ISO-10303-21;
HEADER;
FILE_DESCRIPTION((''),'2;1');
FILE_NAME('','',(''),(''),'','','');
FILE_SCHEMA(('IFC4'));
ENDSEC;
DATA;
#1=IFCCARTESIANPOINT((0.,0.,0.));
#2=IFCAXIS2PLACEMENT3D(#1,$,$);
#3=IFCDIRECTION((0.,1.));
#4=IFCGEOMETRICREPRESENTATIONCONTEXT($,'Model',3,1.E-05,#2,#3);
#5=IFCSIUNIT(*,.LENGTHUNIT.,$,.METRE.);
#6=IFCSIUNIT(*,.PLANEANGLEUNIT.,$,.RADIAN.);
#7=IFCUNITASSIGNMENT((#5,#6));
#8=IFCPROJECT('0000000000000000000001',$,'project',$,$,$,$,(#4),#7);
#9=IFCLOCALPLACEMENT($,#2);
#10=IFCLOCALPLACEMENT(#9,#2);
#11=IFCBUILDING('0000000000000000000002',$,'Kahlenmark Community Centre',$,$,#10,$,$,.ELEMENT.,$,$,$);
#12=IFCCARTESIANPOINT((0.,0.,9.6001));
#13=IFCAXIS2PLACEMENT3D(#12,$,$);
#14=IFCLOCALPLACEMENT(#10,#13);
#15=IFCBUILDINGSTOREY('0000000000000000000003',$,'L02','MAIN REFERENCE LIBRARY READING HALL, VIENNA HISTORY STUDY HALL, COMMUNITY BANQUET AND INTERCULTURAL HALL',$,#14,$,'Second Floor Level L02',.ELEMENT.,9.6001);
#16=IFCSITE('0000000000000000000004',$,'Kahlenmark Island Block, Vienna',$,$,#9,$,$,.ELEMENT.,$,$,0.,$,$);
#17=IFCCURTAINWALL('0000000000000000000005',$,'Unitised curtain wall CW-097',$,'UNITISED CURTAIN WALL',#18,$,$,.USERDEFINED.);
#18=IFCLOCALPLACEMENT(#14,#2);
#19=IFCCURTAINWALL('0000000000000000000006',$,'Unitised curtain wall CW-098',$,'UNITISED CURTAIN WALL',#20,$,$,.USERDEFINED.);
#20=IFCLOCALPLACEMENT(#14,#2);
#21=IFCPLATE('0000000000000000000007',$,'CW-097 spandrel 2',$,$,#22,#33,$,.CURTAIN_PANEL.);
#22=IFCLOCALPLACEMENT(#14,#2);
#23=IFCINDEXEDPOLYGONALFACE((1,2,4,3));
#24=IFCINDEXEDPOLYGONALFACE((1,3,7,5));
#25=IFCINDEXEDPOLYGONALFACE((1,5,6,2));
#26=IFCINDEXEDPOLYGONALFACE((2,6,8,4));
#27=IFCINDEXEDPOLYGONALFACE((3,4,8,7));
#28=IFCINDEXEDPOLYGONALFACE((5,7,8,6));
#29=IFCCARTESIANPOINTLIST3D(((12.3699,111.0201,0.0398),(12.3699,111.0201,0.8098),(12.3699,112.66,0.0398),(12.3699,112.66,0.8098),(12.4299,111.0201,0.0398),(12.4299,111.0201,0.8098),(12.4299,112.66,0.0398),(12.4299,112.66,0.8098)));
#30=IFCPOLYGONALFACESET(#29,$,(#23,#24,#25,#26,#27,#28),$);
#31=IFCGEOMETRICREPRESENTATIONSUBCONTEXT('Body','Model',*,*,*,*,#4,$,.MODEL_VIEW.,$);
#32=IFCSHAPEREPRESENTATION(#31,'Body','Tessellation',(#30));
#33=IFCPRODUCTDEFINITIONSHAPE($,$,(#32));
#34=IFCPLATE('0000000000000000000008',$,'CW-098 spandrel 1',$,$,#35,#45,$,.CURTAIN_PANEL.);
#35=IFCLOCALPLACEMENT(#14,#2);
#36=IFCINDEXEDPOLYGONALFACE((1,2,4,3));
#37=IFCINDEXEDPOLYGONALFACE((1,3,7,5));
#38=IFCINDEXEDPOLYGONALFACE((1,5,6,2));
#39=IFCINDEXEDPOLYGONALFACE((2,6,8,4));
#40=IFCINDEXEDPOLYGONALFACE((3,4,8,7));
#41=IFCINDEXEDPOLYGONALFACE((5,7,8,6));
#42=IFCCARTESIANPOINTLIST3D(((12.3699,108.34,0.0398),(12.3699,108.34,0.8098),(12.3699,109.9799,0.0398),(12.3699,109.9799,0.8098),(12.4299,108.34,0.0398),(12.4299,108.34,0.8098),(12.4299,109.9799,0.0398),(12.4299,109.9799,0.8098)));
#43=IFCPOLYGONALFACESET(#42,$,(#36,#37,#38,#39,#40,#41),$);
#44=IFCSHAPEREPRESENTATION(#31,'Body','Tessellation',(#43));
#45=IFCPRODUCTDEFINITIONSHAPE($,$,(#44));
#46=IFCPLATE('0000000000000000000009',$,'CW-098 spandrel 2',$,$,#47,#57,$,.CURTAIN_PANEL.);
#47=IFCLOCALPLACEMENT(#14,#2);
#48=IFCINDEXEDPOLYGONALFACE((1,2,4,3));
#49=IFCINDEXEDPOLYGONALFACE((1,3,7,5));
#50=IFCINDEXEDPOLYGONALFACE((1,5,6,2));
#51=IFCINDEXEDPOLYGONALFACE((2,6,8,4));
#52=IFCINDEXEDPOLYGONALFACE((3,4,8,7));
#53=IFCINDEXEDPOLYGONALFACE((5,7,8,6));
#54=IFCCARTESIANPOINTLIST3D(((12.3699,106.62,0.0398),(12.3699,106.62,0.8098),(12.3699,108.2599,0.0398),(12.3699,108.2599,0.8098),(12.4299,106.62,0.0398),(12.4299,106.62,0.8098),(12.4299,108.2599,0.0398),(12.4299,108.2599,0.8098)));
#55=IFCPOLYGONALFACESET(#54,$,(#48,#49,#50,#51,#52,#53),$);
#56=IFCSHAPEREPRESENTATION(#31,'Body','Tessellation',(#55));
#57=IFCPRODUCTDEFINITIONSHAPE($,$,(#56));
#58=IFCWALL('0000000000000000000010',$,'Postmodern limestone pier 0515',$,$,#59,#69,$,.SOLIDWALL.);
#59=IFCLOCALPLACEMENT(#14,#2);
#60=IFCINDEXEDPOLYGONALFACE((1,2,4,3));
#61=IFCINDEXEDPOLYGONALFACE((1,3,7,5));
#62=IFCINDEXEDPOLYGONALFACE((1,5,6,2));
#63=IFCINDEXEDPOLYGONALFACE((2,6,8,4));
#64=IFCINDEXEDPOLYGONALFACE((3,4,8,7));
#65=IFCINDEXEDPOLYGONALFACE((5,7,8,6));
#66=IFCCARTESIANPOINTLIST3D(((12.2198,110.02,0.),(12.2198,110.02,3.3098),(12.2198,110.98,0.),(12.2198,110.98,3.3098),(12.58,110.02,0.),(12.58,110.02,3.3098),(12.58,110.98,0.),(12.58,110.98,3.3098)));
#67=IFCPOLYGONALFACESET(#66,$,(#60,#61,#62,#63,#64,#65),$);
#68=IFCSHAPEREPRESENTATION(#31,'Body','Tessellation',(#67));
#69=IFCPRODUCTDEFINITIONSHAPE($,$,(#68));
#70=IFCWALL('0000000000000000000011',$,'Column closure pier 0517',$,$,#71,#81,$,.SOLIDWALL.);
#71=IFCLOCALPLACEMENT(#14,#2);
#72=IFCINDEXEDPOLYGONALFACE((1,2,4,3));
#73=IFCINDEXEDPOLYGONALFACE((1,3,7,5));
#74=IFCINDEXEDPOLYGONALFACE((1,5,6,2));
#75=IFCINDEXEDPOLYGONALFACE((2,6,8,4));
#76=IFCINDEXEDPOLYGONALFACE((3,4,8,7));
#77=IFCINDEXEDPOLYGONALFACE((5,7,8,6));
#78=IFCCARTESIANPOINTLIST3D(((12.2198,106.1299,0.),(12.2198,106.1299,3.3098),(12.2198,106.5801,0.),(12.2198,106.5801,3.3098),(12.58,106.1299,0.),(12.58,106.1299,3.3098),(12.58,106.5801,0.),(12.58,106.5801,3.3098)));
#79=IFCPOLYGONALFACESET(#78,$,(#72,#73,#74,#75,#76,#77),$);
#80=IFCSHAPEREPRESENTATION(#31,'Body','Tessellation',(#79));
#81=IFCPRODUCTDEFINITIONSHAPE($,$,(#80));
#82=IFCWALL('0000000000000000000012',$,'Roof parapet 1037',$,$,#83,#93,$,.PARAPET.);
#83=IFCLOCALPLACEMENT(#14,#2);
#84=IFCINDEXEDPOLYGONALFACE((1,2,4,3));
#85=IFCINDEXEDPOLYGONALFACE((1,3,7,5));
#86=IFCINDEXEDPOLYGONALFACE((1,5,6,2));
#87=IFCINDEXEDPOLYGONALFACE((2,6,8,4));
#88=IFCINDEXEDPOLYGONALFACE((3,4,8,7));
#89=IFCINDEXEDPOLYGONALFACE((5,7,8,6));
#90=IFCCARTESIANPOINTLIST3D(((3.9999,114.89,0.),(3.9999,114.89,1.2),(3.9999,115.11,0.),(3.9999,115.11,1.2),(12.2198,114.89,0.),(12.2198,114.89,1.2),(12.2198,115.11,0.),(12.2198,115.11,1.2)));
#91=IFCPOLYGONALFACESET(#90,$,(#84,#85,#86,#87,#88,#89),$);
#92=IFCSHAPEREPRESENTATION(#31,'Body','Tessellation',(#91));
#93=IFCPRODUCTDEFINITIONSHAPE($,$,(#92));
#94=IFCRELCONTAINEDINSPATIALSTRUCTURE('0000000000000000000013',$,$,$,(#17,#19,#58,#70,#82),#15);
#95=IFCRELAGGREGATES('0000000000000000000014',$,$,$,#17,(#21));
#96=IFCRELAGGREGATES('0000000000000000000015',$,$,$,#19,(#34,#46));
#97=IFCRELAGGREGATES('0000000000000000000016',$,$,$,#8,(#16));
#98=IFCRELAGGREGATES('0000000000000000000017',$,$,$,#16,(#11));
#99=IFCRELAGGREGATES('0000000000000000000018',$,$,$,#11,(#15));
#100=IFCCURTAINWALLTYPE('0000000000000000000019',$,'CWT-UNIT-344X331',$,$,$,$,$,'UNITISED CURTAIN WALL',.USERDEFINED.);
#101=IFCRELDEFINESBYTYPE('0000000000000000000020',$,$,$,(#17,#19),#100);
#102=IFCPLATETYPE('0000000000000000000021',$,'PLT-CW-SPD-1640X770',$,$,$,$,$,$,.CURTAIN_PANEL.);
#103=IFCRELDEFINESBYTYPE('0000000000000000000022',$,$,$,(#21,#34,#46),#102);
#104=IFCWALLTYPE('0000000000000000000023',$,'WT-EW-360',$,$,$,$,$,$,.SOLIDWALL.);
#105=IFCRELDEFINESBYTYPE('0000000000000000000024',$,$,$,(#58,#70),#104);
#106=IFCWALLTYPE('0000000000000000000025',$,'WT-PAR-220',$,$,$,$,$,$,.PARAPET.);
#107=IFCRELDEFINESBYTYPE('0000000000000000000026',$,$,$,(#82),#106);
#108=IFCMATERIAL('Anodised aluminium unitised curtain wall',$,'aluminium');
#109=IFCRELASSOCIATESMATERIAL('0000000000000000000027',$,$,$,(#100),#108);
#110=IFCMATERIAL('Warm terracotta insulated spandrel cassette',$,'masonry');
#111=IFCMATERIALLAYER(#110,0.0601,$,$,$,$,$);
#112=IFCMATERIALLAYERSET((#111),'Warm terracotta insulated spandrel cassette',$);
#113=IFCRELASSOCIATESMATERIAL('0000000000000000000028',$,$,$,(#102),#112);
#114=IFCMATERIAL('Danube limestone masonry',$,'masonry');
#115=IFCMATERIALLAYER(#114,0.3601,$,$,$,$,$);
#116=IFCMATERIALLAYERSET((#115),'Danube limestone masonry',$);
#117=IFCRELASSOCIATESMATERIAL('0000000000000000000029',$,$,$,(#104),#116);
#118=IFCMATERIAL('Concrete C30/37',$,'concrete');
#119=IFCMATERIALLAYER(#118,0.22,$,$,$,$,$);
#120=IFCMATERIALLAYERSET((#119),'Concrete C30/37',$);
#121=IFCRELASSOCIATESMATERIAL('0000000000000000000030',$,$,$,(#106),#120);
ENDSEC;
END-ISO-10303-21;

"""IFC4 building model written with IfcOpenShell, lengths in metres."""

from ifc_helpers import new_model, si_unit, direction, frame, frame_2d, origin, origin_2d, place, context, subcontext, project, spatial, rectangle, extrude, material, layer, layer_set, type_object, element, aggregate, save


model = new_model("IFC4")

# Units and contexts
model_context = context("Model", 3, precision=1e-05, world=origin(), true_north=direction((0.0, 1.0)))
body_context = subcontext(model_context, "Body", "Model", "MODEL_VIEW")
ifc_project = project(units=[si_unit("LENGTHUNIT", "METRE"), si_unit("PLANEANGLEUNIT", "RADIAN")], contexts=[model_context])

# Site, building, storey
site_placement = place(None, origin())
site = spatial("IfcSite", under=ifc_project, at=site_placement, Name="Kahlenmark Island Block, Vienna", CompositionType="ELEMENT", RefElevation=0.0)
building_placement = place(site_placement, origin())
building = spatial("IfcBuilding", under=site, at=building_placement, Name="Kahlenmark Community Centre", CompositionType="ELEMENT")
storey_placement = place(building_placement, frame((0.0, 0.0, 9.6001)))
storey = spatial("IfcBuildingStorey", under=building, at=storey_placement, Name="L02", Description="MAIN REFERENCE LIBRARY READING HALL, VIENNA HISTORY STUDY HALL, COMMUNITY BANQUET AND INTERCULTURAL HALL", LongName="Second Floor Level L02", CompositionType="ELEMENT", Elevation=9.6001)

# Curtain walls
ifc_material_1 = material(Name="Anodised aluminium unitised curtain wall", Category="aluminium")
curtain_wall_type = type_object("IfcCurtainWallType", Name="CWT-UNIT-344X331", ElementType="UNITISED CURTAIN WALL", PredefinedType="USERDEFINED", material=ifc_material_1)
curtain_wall_1_placement = place(storey_placement, origin())
curtain_wall_1 = element("IfcCurtainWall", 1, at=curtain_wall_1_placement, inside=storey, type_object=curtain_wall_type, Name="Unitised curtain wall CW-097", ObjectType="UNITISED CURTAIN WALL", PredefinedType="USERDEFINED")
curtain_wall_2_placement = place(storey_placement, origin())
curtain_wall_2 = element("IfcCurtainWall", 2, at=curtain_wall_2_placement, inside=storey, type_object=curtain_wall_type, Name="Unitised curtain wall CW-098", ObjectType="UNITISED CURTAIN WALL", PredefinedType="USERDEFINED")

# Plates
ifc_material_2 = material(Name="Warm terracotta insulated spandrel cassette", Category="masonry")
ifc_layer_1 = layer(ifc_material_2, 0.0601)
ifc_layer_set_1 = layer_set([ifc_layer_1], Name="Warm terracotta insulated spandrel cassette")
plate_type_1 = type_object("IfcPlateType", Name="PLT-CW-SPD-1640X770", PredefinedType="CURTAIN_PANEL", material=ifc_layer_set_1)
plate_1_placement = place(storey_placement, frame((12.3999, 111.8401, 0.0398), z_axis=(0.0, 0.0, 1.0), x_axis=(0.0, -1.0, 0.0)))
plate_1 = element("IfcPlate", 3, at=plate_1_placement, type_object=plate_type_1, Name="CW-097 spandrel 2", PredefinedType="CURTAIN_PANEL", context=body_context, shape_type="SweptSolid", body=[
    extrude(rectangle(XDim=1.6399, YDim=0.0601, at=origin_2d()), origin(), (0.0, 0.0, 1.0), 0.77),
])
aggregate(curtain_wall_1, [plate_1])
plate_2_placement = place(storey_placement, frame((12.3999, 109.1599, 0.0398), z_axis=(0.0, 0.0, 1.0), x_axis=(0.0, -1.0, 0.0)))
plate_2 = element("IfcPlate", 4, at=plate_2_placement, type_object=plate_type_1, Name="CW-098 spandrel 1", PredefinedType="CURTAIN_PANEL", context=body_context, shape_type="SweptSolid", body=[
    extrude(rectangle(XDim=1.6399, YDim=0.0601, at=origin_2d()), origin(), (0.0, 0.0, 1.0), 0.77),
])
plate_3_placement = place(storey_placement, frame((12.3999, 107.4399, 0.0398), z_axis=(0.0, 0.0, 1.0), x_axis=(0.0, -1.0, 0.0)))
plate_3 = element("IfcPlate", 5, at=plate_3_placement, type_object=plate_type_1, Name="CW-098 spandrel 2", PredefinedType="CURTAIN_PANEL", context=body_context, shape_type="SweptSolid", body=[
    extrude(rectangle(XDim=1.6399, YDim=0.0601, at=origin_2d()), origin(), (0.0, 0.0, 1.0), 0.77),
])
aggregate(curtain_wall_2, [plate_2, plate_3])

# Walls
ifc_material_3 = material(Name="Danube limestone masonry", Category="masonry")
ifc_layer_2 = layer(ifc_material_3, 0.3601)
ifc_layer_set_2 = layer_set([ifc_layer_2], Name="Danube limestone masonry")
wall_type_1 = type_object("IfcWallType", Name="WT-EW-360", PredefinedType="SOLIDWALL", material=ifc_layer_set_2)
wall_1_placement = place(storey_placement, frame((12.3999, 110.98, 0.0), z_axis=(0.0, 0.0, 1.0), x_axis=(0.0, -1.0, 0.0)))
element("IfcWall", 6, at=wall_1_placement, inside=storey, type_object=wall_type_1, Name="Postmodern limestone pier 0515", PredefinedType="SOLIDWALL", context=body_context, shape_type="SweptSolid", body=[
    extrude(rectangle(XDim=0.96, YDim=0.3601, at=frame_2d((0.48, 0.0))), origin(), (0.0, 0.0, 1.0), 3.3098),
])
wall_2_placement = place(storey_placement, frame((12.3999, 106.5801, 0.0), z_axis=(0.0, 0.0, 1.0), x_axis=(0.0, -1.0, 0.0)))
element("IfcWall", 7, at=wall_2_placement, inside=storey, type_object=wall_type_1, Name="Column closure pier 0517", PredefinedType="SOLIDWALL", context=body_context, shape_type="SweptSolid", body=[
    extrude(rectangle(XDim=0.4502, YDim=0.3601, at=frame_2d((0.2251, 0.0))), origin(), (0.0, 0.0, 1.0), 3.3098),
])
ifc_material_4 = material(Name="Concrete C30/37", Category="concrete")
ifc_layer_3 = layer(ifc_material_4, 0.22)
ifc_layer_set_3 = layer_set([ifc_layer_3], Name="Concrete C30/37")
wall_type_2 = type_object("IfcWallType", Name="WT-PAR-220", PredefinedType="PARAPET", material=ifc_layer_set_3)
wall_3_placement = place(storey_placement, frame((4.0, 115.0, 0.0), z_axis=(0.0, 0.0, 1.0), x_axis=(1.0, 0.0, 0.0)))
element("IfcWall", 8, at=wall_3_placement, inside=storey, type_object=wall_type_2, Name="Roof parapet 1037", PredefinedType="PARAPET", context=body_context, shape_type="SweptSolid", body=[
    extrude(rectangle(XDim=8.22, YDim=0.22, at=frame_2d((4.1099, 0.0))), origin(), (0.0, 0.0, 1.0), 1.2),
])

save(model, "model.ifc")
